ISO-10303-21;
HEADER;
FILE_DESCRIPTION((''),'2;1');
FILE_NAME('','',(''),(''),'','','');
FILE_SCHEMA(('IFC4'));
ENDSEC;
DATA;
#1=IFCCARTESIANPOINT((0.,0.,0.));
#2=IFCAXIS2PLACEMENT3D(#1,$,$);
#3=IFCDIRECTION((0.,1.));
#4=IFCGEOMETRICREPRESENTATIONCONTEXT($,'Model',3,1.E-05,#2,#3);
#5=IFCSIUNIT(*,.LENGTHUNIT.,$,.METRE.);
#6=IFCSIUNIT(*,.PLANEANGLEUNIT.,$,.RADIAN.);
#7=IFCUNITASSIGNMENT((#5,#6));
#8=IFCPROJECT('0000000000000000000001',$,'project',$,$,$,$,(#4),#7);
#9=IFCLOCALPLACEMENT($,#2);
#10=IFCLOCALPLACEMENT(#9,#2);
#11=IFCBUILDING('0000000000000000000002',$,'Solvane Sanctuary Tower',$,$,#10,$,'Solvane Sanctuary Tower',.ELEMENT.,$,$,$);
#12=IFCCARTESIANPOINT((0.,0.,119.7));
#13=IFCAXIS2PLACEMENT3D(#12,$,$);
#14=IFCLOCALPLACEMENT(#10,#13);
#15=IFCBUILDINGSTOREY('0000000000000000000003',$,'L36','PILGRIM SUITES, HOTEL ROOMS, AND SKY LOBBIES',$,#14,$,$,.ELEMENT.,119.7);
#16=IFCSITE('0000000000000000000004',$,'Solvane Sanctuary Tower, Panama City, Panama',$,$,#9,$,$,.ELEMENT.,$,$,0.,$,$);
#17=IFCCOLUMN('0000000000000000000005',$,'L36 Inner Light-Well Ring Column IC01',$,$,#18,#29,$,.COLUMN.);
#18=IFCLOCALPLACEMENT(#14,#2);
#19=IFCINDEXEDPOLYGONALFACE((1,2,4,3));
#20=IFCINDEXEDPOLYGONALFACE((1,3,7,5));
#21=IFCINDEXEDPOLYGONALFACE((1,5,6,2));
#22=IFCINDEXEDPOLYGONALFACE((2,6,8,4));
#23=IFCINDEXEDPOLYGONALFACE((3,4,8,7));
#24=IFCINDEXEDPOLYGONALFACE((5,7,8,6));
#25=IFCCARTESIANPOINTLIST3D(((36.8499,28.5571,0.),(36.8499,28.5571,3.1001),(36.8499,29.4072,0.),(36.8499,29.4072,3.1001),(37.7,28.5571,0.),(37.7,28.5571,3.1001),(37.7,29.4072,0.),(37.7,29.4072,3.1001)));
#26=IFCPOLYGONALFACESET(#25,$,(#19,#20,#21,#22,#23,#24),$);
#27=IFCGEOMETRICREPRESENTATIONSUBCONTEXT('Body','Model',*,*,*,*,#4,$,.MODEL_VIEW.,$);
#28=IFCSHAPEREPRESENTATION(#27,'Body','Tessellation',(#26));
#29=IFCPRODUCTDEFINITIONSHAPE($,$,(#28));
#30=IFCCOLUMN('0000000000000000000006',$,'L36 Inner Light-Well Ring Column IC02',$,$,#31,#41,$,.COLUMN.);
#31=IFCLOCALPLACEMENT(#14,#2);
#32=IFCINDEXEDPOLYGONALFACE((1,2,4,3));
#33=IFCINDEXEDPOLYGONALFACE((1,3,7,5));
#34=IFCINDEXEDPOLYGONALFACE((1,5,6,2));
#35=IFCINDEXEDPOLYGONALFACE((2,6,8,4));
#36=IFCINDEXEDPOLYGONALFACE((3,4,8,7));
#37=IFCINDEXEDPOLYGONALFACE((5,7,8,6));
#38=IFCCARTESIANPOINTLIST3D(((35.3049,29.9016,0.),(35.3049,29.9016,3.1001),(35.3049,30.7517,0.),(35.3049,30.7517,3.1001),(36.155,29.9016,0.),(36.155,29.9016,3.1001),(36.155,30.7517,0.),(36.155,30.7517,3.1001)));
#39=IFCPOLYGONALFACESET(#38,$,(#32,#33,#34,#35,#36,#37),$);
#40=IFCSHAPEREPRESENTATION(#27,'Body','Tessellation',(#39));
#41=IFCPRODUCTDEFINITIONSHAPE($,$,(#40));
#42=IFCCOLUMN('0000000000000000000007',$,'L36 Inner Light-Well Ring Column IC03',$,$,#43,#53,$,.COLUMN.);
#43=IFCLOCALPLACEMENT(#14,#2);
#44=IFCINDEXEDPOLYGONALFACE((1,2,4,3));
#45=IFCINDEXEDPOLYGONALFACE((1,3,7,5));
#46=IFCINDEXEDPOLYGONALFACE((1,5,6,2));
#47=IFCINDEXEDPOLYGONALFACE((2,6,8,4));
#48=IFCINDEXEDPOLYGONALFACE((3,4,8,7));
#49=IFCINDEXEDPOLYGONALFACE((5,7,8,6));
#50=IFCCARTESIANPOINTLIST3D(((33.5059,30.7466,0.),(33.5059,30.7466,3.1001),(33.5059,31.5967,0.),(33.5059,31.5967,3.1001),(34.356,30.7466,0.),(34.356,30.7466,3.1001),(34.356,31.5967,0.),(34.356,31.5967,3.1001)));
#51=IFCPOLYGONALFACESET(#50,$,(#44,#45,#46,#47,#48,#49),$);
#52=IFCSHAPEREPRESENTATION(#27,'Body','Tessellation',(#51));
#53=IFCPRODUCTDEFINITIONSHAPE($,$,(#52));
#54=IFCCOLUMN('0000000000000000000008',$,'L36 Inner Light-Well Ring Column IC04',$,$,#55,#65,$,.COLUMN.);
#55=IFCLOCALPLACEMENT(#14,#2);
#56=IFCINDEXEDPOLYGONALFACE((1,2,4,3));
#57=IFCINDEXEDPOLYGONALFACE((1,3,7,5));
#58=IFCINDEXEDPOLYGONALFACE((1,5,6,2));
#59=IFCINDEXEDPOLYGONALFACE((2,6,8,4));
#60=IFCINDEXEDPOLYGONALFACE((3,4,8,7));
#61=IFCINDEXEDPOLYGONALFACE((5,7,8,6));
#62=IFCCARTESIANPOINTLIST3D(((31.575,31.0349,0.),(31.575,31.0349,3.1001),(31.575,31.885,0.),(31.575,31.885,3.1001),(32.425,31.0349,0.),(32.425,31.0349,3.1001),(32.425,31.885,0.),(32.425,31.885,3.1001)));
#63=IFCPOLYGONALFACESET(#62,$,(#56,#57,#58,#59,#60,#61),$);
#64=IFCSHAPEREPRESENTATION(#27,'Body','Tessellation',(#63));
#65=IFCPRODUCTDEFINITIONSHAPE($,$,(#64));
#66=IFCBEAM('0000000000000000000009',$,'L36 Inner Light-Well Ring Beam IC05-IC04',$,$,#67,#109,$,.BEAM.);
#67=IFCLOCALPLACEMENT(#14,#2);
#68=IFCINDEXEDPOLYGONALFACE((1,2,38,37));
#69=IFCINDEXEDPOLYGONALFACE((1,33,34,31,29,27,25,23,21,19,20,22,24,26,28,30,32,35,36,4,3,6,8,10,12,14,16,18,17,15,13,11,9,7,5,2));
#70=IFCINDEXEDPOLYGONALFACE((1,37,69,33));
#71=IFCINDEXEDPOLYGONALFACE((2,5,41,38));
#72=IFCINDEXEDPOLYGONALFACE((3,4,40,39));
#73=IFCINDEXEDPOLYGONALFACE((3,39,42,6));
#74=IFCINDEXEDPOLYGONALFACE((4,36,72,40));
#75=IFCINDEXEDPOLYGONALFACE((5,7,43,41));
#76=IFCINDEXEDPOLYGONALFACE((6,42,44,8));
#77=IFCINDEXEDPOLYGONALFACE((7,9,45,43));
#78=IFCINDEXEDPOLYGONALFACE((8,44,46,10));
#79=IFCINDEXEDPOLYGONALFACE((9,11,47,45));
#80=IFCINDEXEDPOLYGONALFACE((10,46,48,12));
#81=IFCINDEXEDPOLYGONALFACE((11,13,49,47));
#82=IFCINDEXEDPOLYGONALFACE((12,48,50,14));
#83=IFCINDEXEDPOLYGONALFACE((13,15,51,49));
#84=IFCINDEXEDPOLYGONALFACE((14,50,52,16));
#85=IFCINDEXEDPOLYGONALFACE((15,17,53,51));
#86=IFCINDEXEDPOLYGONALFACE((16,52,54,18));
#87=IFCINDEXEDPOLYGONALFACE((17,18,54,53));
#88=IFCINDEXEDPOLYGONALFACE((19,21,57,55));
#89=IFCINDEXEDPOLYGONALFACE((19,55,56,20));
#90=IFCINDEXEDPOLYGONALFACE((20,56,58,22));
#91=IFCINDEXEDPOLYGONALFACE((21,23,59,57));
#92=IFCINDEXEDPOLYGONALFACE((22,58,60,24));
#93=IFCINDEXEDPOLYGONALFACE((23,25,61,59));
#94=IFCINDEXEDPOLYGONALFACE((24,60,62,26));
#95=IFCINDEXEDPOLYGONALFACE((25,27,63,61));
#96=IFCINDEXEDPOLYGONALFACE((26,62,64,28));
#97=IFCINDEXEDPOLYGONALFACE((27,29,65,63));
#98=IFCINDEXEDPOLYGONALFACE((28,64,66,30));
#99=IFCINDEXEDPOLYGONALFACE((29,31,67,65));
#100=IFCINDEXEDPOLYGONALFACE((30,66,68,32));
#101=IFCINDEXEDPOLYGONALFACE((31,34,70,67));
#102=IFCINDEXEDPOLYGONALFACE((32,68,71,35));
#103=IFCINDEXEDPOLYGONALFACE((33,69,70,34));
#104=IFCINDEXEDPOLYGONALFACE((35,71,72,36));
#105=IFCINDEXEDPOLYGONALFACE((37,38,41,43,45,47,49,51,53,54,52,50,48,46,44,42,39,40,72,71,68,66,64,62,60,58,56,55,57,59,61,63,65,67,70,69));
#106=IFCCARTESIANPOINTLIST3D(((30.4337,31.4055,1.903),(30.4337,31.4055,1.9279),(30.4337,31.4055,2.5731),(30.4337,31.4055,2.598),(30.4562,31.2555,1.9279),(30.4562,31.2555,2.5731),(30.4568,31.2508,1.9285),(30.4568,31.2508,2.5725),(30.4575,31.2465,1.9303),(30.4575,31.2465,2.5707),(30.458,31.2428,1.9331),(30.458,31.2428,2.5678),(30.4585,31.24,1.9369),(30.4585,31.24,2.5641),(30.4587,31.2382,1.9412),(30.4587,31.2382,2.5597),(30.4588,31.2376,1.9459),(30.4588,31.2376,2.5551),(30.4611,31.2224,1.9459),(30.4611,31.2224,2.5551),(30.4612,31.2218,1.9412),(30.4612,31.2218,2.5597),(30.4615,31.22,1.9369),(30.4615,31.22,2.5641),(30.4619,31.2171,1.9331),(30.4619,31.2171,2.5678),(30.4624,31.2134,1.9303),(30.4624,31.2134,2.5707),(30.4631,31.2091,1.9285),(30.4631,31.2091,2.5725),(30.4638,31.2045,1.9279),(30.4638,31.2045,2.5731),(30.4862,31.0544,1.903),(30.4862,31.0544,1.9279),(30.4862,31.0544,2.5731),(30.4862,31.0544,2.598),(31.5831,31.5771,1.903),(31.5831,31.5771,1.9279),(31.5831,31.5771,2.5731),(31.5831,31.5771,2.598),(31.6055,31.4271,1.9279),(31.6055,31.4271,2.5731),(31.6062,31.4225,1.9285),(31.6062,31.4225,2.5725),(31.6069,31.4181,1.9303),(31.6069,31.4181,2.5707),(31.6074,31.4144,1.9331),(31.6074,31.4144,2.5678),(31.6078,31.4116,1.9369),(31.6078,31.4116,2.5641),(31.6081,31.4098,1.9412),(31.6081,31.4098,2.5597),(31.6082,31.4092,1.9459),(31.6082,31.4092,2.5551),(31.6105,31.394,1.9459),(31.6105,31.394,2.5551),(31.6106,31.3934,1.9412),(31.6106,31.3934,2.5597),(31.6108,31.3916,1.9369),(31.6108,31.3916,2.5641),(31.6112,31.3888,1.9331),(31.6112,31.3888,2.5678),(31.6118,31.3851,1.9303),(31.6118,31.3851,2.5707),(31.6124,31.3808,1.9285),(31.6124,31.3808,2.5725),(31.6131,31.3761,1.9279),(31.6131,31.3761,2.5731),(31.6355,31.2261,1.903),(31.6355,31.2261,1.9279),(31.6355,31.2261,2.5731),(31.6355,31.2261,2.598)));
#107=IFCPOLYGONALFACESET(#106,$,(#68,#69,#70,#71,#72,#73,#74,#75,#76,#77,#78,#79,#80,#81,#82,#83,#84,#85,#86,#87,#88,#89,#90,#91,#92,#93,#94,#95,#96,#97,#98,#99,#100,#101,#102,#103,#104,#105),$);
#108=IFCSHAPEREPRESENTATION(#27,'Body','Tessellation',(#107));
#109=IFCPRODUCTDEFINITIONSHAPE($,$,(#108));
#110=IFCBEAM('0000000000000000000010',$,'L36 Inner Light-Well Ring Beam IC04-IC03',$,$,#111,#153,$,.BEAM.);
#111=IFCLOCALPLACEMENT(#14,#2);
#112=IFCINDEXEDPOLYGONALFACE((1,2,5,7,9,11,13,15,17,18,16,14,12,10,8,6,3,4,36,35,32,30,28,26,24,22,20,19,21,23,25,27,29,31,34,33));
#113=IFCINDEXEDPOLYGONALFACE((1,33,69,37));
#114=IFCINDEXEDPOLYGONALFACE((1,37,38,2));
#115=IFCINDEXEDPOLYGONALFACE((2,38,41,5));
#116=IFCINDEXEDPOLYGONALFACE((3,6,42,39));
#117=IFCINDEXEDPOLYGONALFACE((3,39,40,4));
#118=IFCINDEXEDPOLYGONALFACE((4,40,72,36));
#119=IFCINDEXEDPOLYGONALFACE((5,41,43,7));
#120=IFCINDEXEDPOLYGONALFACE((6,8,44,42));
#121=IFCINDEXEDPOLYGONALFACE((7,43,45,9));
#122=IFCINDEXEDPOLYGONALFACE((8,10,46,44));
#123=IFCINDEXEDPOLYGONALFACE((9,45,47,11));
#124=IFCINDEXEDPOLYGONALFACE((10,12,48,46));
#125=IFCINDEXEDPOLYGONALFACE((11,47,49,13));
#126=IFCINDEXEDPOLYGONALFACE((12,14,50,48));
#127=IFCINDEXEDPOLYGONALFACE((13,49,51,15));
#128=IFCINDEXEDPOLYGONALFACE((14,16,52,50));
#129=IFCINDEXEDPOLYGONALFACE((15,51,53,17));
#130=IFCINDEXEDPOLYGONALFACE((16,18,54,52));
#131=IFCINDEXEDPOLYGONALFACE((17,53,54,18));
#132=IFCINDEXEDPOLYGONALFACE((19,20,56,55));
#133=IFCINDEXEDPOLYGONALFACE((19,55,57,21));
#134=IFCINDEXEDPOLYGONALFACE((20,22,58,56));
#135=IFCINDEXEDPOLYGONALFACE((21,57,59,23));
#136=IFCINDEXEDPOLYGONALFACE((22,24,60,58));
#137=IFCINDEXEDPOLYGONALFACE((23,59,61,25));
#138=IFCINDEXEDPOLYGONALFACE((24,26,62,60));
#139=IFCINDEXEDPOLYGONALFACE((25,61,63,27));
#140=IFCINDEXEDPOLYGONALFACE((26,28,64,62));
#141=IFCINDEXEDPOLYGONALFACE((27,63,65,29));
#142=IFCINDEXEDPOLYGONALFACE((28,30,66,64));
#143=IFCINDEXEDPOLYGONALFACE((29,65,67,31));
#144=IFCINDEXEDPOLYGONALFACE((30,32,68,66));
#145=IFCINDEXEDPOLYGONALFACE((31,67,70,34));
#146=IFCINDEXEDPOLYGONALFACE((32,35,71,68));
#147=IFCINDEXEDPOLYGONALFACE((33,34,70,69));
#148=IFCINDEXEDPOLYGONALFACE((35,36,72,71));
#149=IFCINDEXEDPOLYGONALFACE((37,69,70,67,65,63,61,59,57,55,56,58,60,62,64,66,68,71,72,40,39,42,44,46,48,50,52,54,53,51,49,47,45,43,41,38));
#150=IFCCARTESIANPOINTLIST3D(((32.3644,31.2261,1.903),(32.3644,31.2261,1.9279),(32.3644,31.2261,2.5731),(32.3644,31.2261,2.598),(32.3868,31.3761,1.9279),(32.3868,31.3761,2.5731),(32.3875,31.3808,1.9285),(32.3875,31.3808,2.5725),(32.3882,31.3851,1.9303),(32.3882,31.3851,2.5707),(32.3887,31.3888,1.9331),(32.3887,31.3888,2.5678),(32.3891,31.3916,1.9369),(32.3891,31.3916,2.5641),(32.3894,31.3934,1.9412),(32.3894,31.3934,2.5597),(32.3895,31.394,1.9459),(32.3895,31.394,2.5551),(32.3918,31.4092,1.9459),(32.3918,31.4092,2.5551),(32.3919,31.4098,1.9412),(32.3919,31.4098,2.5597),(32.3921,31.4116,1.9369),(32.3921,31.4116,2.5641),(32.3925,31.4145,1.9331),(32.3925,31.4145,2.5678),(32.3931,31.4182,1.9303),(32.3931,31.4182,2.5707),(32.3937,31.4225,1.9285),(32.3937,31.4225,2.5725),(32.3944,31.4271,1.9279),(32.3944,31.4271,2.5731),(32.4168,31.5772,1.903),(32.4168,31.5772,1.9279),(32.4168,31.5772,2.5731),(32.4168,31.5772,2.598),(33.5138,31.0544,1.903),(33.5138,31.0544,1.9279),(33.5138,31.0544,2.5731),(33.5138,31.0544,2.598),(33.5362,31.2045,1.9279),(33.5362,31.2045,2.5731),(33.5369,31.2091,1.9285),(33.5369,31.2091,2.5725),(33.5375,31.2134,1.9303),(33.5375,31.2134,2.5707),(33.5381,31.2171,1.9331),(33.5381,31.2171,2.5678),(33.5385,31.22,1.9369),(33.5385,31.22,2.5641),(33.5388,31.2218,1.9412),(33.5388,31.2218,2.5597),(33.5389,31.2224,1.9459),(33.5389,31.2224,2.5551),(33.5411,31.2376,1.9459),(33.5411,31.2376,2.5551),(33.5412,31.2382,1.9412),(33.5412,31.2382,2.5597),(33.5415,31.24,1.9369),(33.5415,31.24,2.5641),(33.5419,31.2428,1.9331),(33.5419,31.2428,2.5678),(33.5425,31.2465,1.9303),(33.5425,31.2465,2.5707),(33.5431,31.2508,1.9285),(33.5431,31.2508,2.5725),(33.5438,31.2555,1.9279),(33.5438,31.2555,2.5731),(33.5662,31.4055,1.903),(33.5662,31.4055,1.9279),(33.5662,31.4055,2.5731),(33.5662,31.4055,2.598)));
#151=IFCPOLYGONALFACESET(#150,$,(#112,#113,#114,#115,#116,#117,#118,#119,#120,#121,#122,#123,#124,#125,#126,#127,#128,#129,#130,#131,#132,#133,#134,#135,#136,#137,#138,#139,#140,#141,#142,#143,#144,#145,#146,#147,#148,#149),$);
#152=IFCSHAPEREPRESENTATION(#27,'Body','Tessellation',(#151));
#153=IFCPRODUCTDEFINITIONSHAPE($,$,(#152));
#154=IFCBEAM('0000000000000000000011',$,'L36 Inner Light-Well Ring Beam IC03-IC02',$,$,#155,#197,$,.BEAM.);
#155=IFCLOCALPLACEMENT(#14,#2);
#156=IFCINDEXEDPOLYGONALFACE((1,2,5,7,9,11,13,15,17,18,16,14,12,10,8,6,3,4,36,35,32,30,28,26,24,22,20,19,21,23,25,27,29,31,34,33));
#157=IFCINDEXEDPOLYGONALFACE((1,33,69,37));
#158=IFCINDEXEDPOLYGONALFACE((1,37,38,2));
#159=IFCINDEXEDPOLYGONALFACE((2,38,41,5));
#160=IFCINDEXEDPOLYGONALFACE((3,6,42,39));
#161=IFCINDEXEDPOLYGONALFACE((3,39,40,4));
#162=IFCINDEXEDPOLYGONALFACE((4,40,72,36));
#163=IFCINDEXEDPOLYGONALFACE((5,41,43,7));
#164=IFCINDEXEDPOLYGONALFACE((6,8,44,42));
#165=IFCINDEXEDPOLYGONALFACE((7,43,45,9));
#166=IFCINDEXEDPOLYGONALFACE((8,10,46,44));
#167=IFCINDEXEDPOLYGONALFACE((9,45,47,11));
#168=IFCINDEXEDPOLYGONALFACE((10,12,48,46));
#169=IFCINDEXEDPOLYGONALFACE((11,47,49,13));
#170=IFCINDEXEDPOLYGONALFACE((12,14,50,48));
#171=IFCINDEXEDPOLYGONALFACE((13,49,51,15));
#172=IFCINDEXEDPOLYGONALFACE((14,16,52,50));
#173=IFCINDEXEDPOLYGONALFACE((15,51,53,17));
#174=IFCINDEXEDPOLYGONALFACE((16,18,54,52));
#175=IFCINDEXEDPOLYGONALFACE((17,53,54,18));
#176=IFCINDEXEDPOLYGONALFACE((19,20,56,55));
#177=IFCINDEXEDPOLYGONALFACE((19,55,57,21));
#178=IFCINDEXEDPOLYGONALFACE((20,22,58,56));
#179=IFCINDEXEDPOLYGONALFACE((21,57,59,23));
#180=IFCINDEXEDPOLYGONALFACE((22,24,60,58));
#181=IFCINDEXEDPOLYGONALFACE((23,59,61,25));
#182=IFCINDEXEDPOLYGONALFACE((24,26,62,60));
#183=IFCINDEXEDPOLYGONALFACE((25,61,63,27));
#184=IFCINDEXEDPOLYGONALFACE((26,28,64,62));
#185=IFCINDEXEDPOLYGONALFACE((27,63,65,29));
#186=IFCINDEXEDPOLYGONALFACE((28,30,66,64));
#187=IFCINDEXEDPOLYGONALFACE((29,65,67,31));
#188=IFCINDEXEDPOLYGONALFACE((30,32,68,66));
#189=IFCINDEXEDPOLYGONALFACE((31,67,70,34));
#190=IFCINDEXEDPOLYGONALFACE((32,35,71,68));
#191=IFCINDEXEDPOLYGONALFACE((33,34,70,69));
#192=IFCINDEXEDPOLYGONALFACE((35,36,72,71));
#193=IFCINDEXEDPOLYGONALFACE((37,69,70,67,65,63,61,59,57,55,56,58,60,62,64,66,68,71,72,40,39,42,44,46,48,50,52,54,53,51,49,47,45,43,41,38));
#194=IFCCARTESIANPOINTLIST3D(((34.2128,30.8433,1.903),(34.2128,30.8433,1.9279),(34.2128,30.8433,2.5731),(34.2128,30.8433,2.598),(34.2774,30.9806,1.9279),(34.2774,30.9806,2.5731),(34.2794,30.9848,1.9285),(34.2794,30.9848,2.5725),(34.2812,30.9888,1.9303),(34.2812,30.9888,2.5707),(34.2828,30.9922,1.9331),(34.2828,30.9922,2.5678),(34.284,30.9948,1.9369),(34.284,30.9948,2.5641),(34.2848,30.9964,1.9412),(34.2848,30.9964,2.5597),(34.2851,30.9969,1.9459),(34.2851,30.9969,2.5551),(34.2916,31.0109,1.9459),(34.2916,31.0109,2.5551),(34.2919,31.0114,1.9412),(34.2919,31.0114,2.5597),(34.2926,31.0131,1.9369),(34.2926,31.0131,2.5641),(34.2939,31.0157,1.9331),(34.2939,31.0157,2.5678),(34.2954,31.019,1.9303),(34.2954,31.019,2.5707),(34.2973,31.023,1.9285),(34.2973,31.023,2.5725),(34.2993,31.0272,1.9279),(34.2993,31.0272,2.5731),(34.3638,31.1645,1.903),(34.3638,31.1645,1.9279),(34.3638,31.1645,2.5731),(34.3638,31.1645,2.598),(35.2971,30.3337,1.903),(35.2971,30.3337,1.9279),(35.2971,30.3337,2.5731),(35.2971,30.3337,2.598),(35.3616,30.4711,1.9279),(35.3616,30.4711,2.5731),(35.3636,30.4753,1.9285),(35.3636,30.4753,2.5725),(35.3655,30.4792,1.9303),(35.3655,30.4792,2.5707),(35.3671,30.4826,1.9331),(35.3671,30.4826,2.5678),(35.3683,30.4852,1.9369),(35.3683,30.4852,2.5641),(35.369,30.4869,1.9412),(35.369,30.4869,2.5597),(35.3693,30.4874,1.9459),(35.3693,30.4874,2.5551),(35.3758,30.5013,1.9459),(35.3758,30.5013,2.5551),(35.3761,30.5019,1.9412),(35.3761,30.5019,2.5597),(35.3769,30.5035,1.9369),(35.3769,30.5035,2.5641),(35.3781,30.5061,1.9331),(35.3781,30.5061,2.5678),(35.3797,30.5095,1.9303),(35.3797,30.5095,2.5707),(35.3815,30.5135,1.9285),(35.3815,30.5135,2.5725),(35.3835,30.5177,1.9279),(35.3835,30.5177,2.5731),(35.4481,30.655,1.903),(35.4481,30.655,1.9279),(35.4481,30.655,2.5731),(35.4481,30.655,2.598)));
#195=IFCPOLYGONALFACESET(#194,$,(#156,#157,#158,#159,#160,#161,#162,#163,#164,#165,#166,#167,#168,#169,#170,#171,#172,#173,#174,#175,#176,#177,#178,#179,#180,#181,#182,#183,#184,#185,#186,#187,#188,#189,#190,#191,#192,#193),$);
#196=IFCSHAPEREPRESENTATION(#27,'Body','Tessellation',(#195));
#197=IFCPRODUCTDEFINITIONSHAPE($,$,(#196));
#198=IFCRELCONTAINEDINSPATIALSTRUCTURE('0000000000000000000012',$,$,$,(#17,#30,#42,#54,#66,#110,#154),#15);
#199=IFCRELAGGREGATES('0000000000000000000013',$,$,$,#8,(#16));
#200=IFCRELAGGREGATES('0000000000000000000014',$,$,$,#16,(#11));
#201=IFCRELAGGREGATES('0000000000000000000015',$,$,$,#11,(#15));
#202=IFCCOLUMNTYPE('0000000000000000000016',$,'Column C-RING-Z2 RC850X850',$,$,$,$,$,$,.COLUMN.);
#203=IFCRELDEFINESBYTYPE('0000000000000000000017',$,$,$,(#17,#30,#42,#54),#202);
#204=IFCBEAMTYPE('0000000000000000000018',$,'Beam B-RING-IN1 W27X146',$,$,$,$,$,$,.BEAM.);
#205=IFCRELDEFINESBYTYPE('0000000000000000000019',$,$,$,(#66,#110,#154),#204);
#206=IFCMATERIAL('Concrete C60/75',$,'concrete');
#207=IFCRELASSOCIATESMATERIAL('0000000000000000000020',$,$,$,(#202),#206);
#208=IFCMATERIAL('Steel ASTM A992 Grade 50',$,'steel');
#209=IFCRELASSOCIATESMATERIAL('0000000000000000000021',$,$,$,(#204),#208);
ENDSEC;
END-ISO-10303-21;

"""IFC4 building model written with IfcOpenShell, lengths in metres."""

from ifc_helpers import new_model, si_unit, direction, frame, origin, origin_2d, place, context, subcontext, project, spatial, rectangle, i_section, extrude, material, material_profile, profile_set, type_object, element, save


model = new_model("IFC4")

# Units and contexts
model_context = context("Model", 3, precision=1e-05, world=origin(), true_north=direction((0.0, 1.0)))
body_context = subcontext(model_context, "Body", "Model", "MODEL_VIEW")
ifc_project = project(units=[si_unit("LENGTHUNIT", "METRE"), si_unit("PLANEANGLEUNIT", "RADIAN")], contexts=[model_context])

# Site, building, storey
site_placement = place(None, origin())
site = spatial("IfcSite", under=ifc_project, at=site_placement, Name="Solvane Sanctuary Tower, Panama City, Panama", CompositionType="ELEMENT", RefElevation=0.0)
building_placement = place(site_placement, origin())
building = spatial("IfcBuilding", under=site, at=building_placement, Name="Solvane Sanctuary Tower", LongName="Solvane Sanctuary Tower", CompositionType="ELEMENT")
storey_placement = place(building_placement, frame((0.0, 0.0, 119.7)))
storey = spatial("IfcBuildingStorey", under=building, at=storey_placement, Name="L36", Description="PILGRIM SUITES, HOTEL ROOMS, AND SKY LOBBIES", CompositionType="ELEMENT", Elevation=119.7)

# Columns
ifc_material_1 = material(Name="Concrete C60/75", Category="concrete")
ifc_material_profile_1 = material_profile(ifc_material_1, rectangle(XDim=0.8501, YDim=0.8501, at=origin_2d()), Name="RC850X850")
ifc_profile_set_1 = profile_set([ifc_material_profile_1], Name="Concrete C60/75")
column_type = type_object("IfcColumnType", Name="Column C-RING-Z2 RC850X850", PredefinedType="COLUMN", material=ifc_profile_set_1)
for number, where, z_axis, x_axis, name in (
    (1, (37.2749, 28.9822, 0.0), (0.0, 0.0, 1.0), (1.0, 0.0, 0.0), "L36 Inner Light-Well Ring Column IC01"),
    (2, (35.73, 30.3267, 0.0), (0.0, 0.0, 1.0), (1.0, 0.0, 0.0), "L36 Inner Light-Well Ring Column IC02"),
    (3, (33.9309, 31.1716, 0.0), (0.0, 0.0, 1.0), (1.0, 0.0, 0.0), "L36 Inner Light-Well Ring Column IC03"),
    (4, (32.0, 31.46, 0.0), (0.0, 0.0, 1.0), (1.0, 0.0, 0.0), "L36 Inner Light-Well Ring Column IC04"),
):
    element("IfcColumn", number, at=place(storey_placement, frame(where, z_axis=z_axis, x_axis=x_axis)), inside=storey, type_object=column_type, Name=name, PredefinedType="COLUMN", context=body_context, shape_type="SweptSolid", body=[
        extrude(rectangle(XDim=0.8501, YDim=0.8501, at=origin_2d()), origin(), (0.0, 0.0, 1.0), 3.1001),
    ])

# Beams
ifc_material_2 = material(Name="Steel ASTM A992 Grade 50", Category="steel")
ifc_material_profile_2 = material_profile(ifc_material_2, i_section(OverallWidth=0.355, OverallDepth=0.6951, WebThickness=0.0154, FlangeThickness=0.0249, FilletRadius=0.0181, at=origin_2d()), Name="W27X146")
ifc_profile_set_2 = profile_set([ifc_material_profile_2], Name="Steel ASTM A992 Grade 50")
beam_type_1 = type_object("IfcBeamType", Name="Beam B-RING-IN1 W27X146", PredefinedType="BEAM", material=ifc_profile_set_2)
for number, where, z_axis, x_axis, name in (
    (5, (30.46, 31.23, 2.2505), (0.989035, 0.147683, 0.0), (-0.147683, 0.989035, 0.0), "L36 Inner Light-Well Ring Beam IC05-IC04"),
    (6, (32.3906, 31.4016, 2.2505), (0.989035, -0.147683, 0.0), (0.147683, 0.989035, 0.0), "L36 Inner Light-Well Ring Beam IC04-IC03"),
):
    element("IfcBeam", number, at=place(storey_placement, frame(where, z_axis=z_axis, x_axis=x_axis)), inside=storey, type_object=beam_type_1, Name=name, PredefinedType="BEAM", context=body_context, shape_type="SweptSolid", body=[
        extrude(i_section(OverallWidth=0.355, OverallDepth=0.6951, WebThickness=0.0154, FlangeThickness=0.0249, FilletRadius=0.0181, at=origin_2d()), origin(), (0.0, 0.0, 1.0), 1.1621),
    ])
beam_1_placement = place(storey_placement, frame((34.2883, 31.0039, 2.2505), z_axis=(0.905045, -0.425316, 0.0), x_axis=(0.425316, 0.905045, 0.0)))
element("IfcBeam", 7, at=beam_1_placement, inside=storey, type_object=beam_type_1, Name="L36 Inner Light-Well Ring Beam IC03-IC02", PredefinedType="BEAM", context=body_context, shape_type="SweptSolid", body=[
    extrude(i_section(OverallWidth=0.355, OverallDepth=0.6951, WebThickness=0.0154, FlangeThickness=0.0249, FilletRadius=0.0181, at=origin_2d()), origin(), (0.0, 0.0, 1.0), 1.198),
])

save(model, "model.ifc")
